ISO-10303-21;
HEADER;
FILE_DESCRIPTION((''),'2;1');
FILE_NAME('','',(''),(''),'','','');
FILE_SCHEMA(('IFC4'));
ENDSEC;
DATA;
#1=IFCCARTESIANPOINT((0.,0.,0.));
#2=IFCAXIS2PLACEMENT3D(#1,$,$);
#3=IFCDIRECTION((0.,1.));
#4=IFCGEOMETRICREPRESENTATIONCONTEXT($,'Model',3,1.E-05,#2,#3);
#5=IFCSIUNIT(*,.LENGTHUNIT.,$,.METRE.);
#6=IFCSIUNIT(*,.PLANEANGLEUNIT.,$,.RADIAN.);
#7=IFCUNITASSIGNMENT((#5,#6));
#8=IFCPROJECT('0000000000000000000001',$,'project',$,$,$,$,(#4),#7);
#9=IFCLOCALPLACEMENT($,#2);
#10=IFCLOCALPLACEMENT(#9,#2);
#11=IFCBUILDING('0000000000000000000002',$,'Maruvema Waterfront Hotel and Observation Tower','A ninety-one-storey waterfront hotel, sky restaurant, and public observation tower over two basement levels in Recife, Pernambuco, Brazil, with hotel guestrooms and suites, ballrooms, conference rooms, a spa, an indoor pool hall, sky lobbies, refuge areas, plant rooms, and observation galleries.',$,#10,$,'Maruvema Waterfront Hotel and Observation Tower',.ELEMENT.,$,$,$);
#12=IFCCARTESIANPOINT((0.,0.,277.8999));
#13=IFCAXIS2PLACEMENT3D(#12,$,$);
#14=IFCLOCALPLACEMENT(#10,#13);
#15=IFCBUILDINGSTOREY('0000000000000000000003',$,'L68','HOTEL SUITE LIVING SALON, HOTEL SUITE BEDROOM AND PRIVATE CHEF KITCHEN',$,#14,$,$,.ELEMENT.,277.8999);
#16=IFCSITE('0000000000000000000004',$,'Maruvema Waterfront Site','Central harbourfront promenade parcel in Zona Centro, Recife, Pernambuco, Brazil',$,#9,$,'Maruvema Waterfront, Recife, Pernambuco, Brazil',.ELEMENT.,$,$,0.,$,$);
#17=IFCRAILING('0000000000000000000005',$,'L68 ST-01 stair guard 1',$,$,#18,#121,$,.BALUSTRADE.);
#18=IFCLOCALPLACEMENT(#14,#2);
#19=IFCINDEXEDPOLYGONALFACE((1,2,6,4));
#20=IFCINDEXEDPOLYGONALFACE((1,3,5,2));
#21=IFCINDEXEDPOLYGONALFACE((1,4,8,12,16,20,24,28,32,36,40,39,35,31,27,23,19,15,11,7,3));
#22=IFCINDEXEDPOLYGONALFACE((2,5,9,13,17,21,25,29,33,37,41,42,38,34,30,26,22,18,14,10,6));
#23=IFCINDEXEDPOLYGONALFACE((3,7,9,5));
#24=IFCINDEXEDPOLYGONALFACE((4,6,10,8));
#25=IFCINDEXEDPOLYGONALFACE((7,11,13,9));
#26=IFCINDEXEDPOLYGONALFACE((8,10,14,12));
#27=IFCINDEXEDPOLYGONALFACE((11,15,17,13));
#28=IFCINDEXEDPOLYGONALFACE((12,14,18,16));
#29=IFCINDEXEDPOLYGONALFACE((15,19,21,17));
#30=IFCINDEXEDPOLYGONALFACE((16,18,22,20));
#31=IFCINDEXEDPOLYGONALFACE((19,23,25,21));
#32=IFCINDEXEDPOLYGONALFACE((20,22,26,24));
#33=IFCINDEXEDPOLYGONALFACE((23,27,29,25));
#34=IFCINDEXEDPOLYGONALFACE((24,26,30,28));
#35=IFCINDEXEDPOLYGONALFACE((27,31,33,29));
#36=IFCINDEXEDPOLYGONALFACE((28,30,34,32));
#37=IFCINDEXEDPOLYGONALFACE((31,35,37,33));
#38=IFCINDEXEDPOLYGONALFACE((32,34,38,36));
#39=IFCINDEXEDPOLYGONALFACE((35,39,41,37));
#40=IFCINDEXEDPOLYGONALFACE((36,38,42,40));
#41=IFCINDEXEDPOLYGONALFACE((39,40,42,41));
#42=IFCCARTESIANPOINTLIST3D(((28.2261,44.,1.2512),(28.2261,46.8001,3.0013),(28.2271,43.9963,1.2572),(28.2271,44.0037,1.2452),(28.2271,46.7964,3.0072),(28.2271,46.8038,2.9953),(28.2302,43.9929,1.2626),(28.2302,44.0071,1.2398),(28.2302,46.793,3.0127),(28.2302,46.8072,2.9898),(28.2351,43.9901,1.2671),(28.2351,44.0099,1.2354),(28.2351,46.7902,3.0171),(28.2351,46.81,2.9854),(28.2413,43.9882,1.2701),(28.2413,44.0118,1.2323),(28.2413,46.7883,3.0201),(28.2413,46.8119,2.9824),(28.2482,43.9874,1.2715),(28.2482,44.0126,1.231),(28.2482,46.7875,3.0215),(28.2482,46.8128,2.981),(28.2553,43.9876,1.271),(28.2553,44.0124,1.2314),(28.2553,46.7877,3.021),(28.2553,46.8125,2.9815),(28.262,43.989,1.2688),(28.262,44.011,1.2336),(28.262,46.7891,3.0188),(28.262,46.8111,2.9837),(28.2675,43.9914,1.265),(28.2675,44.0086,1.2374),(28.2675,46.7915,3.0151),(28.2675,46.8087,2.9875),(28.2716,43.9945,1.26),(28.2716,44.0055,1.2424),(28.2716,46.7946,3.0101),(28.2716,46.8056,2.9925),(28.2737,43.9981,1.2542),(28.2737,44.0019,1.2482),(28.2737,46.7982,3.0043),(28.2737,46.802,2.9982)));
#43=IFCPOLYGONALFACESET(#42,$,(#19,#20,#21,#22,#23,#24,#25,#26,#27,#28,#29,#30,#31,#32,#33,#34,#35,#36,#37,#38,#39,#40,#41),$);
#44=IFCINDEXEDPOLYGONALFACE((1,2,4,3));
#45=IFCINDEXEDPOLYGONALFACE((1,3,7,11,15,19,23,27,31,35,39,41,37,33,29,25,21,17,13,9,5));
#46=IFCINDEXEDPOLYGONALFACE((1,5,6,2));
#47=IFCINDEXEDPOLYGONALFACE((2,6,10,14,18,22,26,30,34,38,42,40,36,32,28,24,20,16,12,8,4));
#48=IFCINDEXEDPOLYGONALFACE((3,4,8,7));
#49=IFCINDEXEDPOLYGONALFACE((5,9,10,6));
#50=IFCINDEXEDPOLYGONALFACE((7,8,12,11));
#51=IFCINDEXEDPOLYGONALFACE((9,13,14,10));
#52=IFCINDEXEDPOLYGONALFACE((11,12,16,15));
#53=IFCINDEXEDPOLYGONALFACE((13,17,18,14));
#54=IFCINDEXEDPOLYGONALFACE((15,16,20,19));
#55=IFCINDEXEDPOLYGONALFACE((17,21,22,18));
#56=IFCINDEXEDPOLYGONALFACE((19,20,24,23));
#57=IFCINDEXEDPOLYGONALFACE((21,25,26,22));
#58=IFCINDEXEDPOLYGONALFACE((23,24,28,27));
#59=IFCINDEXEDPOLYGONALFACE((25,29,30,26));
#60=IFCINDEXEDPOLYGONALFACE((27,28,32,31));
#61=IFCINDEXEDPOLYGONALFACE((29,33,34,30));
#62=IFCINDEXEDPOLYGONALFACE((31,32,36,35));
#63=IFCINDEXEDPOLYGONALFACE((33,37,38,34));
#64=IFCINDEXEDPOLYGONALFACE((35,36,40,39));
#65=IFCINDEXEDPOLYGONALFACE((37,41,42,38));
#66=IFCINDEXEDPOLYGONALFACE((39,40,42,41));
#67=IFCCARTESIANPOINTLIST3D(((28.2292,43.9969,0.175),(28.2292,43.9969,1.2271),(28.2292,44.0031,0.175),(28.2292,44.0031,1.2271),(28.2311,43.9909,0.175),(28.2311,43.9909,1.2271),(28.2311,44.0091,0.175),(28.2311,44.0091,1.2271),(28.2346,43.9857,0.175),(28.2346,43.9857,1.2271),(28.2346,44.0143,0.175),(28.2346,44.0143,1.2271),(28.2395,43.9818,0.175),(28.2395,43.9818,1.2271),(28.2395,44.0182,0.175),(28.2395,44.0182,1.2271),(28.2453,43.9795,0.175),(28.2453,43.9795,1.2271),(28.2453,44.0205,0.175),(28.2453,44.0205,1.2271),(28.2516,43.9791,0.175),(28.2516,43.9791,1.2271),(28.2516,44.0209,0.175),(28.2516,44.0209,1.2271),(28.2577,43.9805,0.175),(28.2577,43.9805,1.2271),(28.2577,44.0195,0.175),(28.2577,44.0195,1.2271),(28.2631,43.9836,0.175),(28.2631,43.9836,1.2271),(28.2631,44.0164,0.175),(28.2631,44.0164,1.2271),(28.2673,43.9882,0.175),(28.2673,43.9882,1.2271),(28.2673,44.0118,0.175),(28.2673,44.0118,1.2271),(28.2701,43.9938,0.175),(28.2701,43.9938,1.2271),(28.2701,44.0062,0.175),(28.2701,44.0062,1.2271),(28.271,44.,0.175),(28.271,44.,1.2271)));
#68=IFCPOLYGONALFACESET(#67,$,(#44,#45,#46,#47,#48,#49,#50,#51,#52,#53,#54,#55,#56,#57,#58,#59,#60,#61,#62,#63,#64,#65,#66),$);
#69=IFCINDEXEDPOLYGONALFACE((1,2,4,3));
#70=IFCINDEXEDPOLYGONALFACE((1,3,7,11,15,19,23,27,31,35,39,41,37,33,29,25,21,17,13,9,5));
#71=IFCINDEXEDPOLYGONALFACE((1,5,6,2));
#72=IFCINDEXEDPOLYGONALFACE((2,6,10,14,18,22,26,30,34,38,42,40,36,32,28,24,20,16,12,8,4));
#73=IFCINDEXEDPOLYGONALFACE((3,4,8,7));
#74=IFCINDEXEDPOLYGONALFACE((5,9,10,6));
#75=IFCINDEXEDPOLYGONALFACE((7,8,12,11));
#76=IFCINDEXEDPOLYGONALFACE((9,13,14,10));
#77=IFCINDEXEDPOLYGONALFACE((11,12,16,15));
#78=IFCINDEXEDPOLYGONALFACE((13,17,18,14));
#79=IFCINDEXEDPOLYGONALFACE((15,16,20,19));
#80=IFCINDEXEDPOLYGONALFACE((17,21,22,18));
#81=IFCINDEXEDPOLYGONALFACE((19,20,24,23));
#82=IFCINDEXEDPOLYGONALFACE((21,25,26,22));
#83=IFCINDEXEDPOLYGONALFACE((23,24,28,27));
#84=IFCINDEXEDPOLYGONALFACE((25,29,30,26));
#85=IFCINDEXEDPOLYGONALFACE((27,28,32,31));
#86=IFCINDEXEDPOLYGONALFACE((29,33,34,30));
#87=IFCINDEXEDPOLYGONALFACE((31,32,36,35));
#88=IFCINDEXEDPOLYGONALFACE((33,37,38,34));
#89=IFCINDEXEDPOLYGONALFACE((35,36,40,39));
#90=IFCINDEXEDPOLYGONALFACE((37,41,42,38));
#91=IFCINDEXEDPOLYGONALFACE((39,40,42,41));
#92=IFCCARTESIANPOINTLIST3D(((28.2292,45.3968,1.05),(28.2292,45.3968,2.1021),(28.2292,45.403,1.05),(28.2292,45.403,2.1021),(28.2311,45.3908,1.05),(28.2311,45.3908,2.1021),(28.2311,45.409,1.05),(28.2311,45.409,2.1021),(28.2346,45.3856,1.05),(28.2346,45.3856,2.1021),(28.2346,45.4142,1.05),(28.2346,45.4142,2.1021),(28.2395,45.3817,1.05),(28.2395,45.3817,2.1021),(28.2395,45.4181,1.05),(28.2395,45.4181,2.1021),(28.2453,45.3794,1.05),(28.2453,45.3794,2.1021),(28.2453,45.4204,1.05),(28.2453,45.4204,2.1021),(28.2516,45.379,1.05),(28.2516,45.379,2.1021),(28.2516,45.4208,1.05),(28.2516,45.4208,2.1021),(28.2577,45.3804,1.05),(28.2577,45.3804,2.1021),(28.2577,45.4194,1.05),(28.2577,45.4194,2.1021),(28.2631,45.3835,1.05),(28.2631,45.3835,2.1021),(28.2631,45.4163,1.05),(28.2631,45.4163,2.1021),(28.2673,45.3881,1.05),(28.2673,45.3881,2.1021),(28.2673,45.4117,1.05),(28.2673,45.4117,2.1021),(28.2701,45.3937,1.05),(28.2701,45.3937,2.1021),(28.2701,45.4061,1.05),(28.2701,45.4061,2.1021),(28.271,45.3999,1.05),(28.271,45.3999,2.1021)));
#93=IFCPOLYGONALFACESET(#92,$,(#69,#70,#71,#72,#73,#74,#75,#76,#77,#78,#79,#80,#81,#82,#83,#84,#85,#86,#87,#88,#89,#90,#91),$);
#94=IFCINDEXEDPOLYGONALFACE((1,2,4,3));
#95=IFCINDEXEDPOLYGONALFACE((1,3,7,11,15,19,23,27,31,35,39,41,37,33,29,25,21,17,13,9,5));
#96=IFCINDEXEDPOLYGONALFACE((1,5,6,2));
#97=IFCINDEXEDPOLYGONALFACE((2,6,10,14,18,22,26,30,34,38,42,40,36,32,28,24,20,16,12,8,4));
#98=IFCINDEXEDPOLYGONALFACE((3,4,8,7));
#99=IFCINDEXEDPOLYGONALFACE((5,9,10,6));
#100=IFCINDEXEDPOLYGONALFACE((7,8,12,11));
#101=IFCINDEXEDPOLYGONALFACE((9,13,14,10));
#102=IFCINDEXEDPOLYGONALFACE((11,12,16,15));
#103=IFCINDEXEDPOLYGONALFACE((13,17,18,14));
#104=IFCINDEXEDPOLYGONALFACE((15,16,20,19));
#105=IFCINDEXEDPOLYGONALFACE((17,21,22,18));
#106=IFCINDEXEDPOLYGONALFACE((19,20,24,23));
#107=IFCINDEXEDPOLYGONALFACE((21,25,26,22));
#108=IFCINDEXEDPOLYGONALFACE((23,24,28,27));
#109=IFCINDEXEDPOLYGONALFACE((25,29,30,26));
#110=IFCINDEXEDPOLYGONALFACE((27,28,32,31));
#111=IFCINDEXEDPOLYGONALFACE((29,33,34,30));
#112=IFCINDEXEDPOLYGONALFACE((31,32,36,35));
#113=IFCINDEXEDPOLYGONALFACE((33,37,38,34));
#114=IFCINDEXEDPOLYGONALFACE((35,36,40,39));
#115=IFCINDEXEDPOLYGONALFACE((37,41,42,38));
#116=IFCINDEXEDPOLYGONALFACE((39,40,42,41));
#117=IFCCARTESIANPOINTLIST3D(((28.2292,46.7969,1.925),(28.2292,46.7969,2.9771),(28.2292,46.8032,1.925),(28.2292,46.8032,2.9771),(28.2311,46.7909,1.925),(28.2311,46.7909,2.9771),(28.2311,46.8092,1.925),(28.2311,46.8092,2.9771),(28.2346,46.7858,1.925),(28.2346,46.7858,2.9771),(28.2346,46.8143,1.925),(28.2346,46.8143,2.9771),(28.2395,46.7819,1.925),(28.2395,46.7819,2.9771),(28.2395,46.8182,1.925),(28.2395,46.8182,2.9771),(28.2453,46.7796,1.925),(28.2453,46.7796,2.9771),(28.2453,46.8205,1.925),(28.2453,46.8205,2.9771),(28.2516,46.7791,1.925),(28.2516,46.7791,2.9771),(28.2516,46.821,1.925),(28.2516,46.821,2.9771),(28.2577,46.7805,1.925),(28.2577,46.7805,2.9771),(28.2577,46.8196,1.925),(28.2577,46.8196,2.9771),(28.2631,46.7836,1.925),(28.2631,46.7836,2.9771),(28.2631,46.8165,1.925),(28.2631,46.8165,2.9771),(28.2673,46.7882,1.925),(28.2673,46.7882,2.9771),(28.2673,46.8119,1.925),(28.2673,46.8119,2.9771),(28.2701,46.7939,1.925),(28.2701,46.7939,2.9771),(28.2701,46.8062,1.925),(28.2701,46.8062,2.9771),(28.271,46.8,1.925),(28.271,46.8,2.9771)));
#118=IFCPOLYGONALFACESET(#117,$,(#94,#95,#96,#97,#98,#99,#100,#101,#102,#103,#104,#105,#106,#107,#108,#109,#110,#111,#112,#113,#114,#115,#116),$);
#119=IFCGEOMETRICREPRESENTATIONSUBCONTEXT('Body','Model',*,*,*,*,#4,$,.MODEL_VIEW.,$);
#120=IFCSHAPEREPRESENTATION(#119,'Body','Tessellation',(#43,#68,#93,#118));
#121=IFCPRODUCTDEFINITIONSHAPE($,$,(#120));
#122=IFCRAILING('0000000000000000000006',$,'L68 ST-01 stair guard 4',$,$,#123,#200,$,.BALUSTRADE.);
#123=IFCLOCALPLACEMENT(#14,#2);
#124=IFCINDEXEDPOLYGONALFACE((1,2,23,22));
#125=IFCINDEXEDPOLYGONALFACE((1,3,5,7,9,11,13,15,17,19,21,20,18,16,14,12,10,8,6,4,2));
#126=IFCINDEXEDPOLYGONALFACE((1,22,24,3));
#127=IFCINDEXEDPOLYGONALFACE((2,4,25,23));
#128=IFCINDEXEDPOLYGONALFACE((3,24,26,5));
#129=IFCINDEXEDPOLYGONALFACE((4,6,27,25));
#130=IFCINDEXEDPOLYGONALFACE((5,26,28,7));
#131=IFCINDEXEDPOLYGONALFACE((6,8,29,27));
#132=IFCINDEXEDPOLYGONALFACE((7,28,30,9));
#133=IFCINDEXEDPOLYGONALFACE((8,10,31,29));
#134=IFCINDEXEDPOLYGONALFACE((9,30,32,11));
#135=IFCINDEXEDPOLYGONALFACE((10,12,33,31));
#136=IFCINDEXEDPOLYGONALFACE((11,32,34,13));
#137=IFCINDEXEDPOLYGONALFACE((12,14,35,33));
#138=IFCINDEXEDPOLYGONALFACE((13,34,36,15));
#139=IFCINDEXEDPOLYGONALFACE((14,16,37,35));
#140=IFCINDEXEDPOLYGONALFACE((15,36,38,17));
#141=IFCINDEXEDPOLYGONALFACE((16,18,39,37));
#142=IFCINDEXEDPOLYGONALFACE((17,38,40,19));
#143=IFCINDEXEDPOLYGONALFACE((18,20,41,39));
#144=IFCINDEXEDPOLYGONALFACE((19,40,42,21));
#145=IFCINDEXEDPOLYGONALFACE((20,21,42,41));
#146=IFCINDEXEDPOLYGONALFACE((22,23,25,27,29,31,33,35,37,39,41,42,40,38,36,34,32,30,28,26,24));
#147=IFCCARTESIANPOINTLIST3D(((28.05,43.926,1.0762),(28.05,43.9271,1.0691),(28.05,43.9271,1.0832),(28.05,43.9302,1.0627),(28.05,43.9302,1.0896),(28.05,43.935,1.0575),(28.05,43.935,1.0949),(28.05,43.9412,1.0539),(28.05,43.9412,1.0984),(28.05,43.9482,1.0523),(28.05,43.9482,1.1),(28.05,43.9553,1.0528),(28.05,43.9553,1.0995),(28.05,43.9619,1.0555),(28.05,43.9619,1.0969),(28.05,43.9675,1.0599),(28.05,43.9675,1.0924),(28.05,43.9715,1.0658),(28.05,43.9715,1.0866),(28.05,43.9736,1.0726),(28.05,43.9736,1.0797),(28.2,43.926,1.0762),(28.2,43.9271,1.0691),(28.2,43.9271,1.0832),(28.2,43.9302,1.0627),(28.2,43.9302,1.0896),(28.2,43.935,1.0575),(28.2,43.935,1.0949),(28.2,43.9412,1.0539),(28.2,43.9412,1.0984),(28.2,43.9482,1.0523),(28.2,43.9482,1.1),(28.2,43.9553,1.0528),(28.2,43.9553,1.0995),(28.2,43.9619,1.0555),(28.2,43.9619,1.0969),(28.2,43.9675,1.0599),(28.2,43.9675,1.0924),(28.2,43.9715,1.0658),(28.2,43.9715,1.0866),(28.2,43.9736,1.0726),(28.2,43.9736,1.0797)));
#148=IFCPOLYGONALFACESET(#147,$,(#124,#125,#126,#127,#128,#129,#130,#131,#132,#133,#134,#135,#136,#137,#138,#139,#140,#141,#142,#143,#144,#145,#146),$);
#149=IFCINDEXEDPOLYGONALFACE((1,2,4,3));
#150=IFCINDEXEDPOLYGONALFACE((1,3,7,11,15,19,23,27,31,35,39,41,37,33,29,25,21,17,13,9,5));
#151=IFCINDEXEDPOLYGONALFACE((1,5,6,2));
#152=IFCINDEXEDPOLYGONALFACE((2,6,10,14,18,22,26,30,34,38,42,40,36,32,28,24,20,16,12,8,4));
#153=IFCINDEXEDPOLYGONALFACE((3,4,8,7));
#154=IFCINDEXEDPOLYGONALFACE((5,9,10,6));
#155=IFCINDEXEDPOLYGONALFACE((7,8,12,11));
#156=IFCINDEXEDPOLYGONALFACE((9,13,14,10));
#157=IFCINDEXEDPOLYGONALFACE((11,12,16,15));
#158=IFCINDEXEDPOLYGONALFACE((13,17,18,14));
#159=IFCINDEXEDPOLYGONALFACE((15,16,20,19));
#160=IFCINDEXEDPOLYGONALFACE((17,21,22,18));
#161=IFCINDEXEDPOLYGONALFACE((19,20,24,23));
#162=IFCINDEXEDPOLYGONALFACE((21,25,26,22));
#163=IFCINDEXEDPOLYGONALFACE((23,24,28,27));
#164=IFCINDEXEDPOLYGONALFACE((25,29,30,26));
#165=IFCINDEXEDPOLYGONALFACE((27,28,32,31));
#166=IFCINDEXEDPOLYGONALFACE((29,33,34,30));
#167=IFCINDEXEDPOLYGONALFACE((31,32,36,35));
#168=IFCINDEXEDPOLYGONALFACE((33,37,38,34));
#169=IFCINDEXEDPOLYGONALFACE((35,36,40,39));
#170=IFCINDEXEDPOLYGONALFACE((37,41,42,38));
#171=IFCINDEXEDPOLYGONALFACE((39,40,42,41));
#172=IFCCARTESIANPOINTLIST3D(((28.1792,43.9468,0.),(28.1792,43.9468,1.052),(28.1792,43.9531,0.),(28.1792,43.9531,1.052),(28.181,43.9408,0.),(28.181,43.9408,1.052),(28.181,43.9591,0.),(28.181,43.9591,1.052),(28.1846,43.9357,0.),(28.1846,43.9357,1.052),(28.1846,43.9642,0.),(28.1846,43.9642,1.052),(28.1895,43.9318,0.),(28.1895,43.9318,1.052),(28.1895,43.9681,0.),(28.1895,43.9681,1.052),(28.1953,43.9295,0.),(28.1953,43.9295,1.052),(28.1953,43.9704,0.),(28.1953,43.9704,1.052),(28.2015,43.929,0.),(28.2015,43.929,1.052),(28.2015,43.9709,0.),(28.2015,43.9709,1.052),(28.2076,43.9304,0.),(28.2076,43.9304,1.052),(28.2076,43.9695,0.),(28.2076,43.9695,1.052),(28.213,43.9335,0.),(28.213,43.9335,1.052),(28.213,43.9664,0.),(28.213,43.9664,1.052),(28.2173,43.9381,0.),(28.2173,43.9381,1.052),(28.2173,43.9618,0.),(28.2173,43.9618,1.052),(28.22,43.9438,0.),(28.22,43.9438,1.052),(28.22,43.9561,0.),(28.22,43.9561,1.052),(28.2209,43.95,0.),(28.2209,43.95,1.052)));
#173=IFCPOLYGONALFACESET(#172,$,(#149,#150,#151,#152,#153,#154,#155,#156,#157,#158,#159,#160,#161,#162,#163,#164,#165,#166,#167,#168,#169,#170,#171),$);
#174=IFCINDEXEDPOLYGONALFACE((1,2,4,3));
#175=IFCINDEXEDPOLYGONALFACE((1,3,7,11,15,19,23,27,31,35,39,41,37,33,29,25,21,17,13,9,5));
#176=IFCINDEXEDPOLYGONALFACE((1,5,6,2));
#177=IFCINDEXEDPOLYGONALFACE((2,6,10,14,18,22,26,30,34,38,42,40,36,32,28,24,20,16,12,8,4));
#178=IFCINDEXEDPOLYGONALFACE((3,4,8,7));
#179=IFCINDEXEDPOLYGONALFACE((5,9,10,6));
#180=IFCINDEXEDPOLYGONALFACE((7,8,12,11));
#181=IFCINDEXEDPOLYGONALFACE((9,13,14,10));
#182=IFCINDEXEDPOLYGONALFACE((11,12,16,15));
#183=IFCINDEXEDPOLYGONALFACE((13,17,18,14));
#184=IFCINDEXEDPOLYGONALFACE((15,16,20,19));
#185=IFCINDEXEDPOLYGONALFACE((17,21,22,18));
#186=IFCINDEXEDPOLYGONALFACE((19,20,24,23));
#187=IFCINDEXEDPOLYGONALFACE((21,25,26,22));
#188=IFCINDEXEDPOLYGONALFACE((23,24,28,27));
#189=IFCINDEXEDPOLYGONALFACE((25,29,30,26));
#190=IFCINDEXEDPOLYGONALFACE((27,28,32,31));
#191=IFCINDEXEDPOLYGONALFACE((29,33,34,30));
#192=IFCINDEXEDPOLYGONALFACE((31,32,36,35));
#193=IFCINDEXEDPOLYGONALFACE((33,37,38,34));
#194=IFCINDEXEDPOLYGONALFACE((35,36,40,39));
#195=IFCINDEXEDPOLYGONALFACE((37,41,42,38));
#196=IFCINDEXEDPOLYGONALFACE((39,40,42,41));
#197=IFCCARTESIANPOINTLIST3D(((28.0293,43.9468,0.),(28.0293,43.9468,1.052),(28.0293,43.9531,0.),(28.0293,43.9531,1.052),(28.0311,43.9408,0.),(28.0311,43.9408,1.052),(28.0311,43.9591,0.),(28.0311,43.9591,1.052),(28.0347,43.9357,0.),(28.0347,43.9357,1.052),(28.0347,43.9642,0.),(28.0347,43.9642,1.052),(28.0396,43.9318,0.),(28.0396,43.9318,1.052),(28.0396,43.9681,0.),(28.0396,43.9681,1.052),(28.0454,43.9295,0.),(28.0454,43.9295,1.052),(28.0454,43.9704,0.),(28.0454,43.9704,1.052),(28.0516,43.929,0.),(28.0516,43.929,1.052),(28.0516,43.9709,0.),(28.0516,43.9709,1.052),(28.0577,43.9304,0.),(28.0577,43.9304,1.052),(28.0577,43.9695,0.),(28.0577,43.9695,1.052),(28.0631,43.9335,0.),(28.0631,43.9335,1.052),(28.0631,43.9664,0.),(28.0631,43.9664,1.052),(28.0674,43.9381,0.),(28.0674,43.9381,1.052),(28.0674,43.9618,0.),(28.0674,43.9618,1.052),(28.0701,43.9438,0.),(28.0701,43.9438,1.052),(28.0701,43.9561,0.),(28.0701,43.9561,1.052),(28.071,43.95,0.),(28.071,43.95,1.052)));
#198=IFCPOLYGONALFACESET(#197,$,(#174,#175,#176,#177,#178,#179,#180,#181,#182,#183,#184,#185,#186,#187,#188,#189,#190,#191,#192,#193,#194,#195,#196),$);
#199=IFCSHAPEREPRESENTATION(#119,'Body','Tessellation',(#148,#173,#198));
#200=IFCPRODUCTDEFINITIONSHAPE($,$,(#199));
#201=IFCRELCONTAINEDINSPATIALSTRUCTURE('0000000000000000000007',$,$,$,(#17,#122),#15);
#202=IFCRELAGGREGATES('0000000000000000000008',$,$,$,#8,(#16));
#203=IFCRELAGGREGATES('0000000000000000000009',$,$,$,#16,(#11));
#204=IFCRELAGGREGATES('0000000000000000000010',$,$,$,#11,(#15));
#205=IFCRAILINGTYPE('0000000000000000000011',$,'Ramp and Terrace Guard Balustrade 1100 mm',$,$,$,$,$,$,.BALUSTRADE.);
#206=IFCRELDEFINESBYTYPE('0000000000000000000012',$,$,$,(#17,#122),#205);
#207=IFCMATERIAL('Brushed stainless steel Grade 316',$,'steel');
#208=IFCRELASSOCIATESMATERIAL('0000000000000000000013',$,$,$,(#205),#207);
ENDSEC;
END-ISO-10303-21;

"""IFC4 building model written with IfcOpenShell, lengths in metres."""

from ifc_helpers import new_model, si_unit, direction, frame, origin, origin_2d, place, context, subcontext, project, spatial, circle, extrude, material, type_object, element, save


model = new_model("IFC4")

# Units and contexts
model_context = context("Model", 3, precision=1e-05, world=origin(), true_north=direction((0.0, 1.0)))
body_context = subcontext(model_context, "Body", "Model", "MODEL_VIEW")
ifc_project = project(units=[si_unit("LENGTHUNIT", "METRE"), si_unit("PLANEANGLEUNIT", "RADIAN")], contexts=[model_context])

# Site, building, storey
site_placement = place(None, origin())
site = spatial("IfcSite", under=ifc_project, at=site_placement, Name="Maruvema Waterfront Site", Description="Central harbourfront promenade parcel in Zona Centro, Recife, Pernambuco, Brazil", LongName="Maruvema Waterfront, Recife, Pernambuco, Brazil", CompositionType="ELEMENT", RefElevation=0.0)
building_placement = place(site_placement, origin())
building = spatial("IfcBuilding", under=site, at=building_placement, Name="Maruvema Waterfront Hotel and Observation Tower", Description="A ninety-one-storey waterfront hotel, sky restaurant, and public observation tower over two basement levels in Recife, Pernambuco, Brazil, with hotel guestrooms and suites, ballrooms, conference rooms, a spa, an indoor pool hall, sky lobbies, refuge areas, plant rooms, and observation galleries.", LongName="Maruvema Waterfront Hotel and Observation Tower", CompositionType="ELEMENT")
storey_placement = place(building_placement, frame((0.0, 0.0, 277.8999)))
storey = spatial("IfcBuildingStorey", under=building, at=storey_placement, Name="L68", Description="HOTEL SUITE LIVING SALON, HOTEL SUITE BEDROOM AND PRIVATE CHEF KITCHEN", CompositionType="ELEMENT", Elevation=277.8999)

# Railings
ifc_material_1 = material(Name="Brushed stainless steel Grade 316", Category="steel")
railing_type_1 = type_object("IfcRailingType", Name="Ramp and Terrace Guard Balustrade 1100 mm", PredefinedType="BALUSTRADE", material=ifc_material_1)
railing_1_placement = place(storey_placement, frame((28.25, 44.0, 0.175)))
element("IfcRailing", 1, at=railing_1_placement, inside=storey, type_object=railing_type_1, Name="L68 ST-01 stair guard 1", PredefinedType="BALUSTRADE", context=body_context, shape_type="SweptSolid", body=[
    extrude(circle(Radius=0.0239, at=origin_2d()), frame((0.0, 0.0, 1.0762), z_axis=(0.0, 0.848002, 0.529992), x_axis=(-1.0, 0.0, 0.0)), (0.0, 0.0, 1.0), 3.302),
    extrude(circle(Radius=0.021, at=origin_2d()), origin(), (0.0, 0.0, 1.0), 1.052),
    extrude(circle(Radius=0.021, at=origin_2d()), frame((0.0, 1.3999, 0.875)), (0.0, 0.0, 1.0), 1.052),
    extrude(circle(Radius=0.021, at=origin_2d()), frame((0.0, 2.8, 1.75)), (0.0, 0.0, 1.0), 1.052),
])
railing_2_placement = place(storey_placement, frame((28.2, 43.95, 0.0)))
element("IfcRailing", 2, at=railing_2_placement, inside=storey, type_object=railing_type_1, Name="L68 ST-01 stair guard 4", PredefinedType="BALUSTRADE", context=body_context, shape_type="SweptSolid", body=[
    extrude(circle(Radius=0.0239, at=origin_2d()), frame((0.0, 0.0, 1.0762), z_axis=(-1.0, 0.0, 0.0), x_axis=(0.0, -1.0, 0.0)), (0.0, 0.0, 1.0), 0.1499),
    extrude(circle(Radius=0.021, at=origin_2d()), origin(), (0.0, 0.0, 1.0), 1.052),
    extrude(circle(Radius=0.021, at=origin_2d()), frame((-0.1499, 0.0, 0.0)), (0.0, 0.0, 1.0), 1.052),
])

save(model, "model.ifc")
